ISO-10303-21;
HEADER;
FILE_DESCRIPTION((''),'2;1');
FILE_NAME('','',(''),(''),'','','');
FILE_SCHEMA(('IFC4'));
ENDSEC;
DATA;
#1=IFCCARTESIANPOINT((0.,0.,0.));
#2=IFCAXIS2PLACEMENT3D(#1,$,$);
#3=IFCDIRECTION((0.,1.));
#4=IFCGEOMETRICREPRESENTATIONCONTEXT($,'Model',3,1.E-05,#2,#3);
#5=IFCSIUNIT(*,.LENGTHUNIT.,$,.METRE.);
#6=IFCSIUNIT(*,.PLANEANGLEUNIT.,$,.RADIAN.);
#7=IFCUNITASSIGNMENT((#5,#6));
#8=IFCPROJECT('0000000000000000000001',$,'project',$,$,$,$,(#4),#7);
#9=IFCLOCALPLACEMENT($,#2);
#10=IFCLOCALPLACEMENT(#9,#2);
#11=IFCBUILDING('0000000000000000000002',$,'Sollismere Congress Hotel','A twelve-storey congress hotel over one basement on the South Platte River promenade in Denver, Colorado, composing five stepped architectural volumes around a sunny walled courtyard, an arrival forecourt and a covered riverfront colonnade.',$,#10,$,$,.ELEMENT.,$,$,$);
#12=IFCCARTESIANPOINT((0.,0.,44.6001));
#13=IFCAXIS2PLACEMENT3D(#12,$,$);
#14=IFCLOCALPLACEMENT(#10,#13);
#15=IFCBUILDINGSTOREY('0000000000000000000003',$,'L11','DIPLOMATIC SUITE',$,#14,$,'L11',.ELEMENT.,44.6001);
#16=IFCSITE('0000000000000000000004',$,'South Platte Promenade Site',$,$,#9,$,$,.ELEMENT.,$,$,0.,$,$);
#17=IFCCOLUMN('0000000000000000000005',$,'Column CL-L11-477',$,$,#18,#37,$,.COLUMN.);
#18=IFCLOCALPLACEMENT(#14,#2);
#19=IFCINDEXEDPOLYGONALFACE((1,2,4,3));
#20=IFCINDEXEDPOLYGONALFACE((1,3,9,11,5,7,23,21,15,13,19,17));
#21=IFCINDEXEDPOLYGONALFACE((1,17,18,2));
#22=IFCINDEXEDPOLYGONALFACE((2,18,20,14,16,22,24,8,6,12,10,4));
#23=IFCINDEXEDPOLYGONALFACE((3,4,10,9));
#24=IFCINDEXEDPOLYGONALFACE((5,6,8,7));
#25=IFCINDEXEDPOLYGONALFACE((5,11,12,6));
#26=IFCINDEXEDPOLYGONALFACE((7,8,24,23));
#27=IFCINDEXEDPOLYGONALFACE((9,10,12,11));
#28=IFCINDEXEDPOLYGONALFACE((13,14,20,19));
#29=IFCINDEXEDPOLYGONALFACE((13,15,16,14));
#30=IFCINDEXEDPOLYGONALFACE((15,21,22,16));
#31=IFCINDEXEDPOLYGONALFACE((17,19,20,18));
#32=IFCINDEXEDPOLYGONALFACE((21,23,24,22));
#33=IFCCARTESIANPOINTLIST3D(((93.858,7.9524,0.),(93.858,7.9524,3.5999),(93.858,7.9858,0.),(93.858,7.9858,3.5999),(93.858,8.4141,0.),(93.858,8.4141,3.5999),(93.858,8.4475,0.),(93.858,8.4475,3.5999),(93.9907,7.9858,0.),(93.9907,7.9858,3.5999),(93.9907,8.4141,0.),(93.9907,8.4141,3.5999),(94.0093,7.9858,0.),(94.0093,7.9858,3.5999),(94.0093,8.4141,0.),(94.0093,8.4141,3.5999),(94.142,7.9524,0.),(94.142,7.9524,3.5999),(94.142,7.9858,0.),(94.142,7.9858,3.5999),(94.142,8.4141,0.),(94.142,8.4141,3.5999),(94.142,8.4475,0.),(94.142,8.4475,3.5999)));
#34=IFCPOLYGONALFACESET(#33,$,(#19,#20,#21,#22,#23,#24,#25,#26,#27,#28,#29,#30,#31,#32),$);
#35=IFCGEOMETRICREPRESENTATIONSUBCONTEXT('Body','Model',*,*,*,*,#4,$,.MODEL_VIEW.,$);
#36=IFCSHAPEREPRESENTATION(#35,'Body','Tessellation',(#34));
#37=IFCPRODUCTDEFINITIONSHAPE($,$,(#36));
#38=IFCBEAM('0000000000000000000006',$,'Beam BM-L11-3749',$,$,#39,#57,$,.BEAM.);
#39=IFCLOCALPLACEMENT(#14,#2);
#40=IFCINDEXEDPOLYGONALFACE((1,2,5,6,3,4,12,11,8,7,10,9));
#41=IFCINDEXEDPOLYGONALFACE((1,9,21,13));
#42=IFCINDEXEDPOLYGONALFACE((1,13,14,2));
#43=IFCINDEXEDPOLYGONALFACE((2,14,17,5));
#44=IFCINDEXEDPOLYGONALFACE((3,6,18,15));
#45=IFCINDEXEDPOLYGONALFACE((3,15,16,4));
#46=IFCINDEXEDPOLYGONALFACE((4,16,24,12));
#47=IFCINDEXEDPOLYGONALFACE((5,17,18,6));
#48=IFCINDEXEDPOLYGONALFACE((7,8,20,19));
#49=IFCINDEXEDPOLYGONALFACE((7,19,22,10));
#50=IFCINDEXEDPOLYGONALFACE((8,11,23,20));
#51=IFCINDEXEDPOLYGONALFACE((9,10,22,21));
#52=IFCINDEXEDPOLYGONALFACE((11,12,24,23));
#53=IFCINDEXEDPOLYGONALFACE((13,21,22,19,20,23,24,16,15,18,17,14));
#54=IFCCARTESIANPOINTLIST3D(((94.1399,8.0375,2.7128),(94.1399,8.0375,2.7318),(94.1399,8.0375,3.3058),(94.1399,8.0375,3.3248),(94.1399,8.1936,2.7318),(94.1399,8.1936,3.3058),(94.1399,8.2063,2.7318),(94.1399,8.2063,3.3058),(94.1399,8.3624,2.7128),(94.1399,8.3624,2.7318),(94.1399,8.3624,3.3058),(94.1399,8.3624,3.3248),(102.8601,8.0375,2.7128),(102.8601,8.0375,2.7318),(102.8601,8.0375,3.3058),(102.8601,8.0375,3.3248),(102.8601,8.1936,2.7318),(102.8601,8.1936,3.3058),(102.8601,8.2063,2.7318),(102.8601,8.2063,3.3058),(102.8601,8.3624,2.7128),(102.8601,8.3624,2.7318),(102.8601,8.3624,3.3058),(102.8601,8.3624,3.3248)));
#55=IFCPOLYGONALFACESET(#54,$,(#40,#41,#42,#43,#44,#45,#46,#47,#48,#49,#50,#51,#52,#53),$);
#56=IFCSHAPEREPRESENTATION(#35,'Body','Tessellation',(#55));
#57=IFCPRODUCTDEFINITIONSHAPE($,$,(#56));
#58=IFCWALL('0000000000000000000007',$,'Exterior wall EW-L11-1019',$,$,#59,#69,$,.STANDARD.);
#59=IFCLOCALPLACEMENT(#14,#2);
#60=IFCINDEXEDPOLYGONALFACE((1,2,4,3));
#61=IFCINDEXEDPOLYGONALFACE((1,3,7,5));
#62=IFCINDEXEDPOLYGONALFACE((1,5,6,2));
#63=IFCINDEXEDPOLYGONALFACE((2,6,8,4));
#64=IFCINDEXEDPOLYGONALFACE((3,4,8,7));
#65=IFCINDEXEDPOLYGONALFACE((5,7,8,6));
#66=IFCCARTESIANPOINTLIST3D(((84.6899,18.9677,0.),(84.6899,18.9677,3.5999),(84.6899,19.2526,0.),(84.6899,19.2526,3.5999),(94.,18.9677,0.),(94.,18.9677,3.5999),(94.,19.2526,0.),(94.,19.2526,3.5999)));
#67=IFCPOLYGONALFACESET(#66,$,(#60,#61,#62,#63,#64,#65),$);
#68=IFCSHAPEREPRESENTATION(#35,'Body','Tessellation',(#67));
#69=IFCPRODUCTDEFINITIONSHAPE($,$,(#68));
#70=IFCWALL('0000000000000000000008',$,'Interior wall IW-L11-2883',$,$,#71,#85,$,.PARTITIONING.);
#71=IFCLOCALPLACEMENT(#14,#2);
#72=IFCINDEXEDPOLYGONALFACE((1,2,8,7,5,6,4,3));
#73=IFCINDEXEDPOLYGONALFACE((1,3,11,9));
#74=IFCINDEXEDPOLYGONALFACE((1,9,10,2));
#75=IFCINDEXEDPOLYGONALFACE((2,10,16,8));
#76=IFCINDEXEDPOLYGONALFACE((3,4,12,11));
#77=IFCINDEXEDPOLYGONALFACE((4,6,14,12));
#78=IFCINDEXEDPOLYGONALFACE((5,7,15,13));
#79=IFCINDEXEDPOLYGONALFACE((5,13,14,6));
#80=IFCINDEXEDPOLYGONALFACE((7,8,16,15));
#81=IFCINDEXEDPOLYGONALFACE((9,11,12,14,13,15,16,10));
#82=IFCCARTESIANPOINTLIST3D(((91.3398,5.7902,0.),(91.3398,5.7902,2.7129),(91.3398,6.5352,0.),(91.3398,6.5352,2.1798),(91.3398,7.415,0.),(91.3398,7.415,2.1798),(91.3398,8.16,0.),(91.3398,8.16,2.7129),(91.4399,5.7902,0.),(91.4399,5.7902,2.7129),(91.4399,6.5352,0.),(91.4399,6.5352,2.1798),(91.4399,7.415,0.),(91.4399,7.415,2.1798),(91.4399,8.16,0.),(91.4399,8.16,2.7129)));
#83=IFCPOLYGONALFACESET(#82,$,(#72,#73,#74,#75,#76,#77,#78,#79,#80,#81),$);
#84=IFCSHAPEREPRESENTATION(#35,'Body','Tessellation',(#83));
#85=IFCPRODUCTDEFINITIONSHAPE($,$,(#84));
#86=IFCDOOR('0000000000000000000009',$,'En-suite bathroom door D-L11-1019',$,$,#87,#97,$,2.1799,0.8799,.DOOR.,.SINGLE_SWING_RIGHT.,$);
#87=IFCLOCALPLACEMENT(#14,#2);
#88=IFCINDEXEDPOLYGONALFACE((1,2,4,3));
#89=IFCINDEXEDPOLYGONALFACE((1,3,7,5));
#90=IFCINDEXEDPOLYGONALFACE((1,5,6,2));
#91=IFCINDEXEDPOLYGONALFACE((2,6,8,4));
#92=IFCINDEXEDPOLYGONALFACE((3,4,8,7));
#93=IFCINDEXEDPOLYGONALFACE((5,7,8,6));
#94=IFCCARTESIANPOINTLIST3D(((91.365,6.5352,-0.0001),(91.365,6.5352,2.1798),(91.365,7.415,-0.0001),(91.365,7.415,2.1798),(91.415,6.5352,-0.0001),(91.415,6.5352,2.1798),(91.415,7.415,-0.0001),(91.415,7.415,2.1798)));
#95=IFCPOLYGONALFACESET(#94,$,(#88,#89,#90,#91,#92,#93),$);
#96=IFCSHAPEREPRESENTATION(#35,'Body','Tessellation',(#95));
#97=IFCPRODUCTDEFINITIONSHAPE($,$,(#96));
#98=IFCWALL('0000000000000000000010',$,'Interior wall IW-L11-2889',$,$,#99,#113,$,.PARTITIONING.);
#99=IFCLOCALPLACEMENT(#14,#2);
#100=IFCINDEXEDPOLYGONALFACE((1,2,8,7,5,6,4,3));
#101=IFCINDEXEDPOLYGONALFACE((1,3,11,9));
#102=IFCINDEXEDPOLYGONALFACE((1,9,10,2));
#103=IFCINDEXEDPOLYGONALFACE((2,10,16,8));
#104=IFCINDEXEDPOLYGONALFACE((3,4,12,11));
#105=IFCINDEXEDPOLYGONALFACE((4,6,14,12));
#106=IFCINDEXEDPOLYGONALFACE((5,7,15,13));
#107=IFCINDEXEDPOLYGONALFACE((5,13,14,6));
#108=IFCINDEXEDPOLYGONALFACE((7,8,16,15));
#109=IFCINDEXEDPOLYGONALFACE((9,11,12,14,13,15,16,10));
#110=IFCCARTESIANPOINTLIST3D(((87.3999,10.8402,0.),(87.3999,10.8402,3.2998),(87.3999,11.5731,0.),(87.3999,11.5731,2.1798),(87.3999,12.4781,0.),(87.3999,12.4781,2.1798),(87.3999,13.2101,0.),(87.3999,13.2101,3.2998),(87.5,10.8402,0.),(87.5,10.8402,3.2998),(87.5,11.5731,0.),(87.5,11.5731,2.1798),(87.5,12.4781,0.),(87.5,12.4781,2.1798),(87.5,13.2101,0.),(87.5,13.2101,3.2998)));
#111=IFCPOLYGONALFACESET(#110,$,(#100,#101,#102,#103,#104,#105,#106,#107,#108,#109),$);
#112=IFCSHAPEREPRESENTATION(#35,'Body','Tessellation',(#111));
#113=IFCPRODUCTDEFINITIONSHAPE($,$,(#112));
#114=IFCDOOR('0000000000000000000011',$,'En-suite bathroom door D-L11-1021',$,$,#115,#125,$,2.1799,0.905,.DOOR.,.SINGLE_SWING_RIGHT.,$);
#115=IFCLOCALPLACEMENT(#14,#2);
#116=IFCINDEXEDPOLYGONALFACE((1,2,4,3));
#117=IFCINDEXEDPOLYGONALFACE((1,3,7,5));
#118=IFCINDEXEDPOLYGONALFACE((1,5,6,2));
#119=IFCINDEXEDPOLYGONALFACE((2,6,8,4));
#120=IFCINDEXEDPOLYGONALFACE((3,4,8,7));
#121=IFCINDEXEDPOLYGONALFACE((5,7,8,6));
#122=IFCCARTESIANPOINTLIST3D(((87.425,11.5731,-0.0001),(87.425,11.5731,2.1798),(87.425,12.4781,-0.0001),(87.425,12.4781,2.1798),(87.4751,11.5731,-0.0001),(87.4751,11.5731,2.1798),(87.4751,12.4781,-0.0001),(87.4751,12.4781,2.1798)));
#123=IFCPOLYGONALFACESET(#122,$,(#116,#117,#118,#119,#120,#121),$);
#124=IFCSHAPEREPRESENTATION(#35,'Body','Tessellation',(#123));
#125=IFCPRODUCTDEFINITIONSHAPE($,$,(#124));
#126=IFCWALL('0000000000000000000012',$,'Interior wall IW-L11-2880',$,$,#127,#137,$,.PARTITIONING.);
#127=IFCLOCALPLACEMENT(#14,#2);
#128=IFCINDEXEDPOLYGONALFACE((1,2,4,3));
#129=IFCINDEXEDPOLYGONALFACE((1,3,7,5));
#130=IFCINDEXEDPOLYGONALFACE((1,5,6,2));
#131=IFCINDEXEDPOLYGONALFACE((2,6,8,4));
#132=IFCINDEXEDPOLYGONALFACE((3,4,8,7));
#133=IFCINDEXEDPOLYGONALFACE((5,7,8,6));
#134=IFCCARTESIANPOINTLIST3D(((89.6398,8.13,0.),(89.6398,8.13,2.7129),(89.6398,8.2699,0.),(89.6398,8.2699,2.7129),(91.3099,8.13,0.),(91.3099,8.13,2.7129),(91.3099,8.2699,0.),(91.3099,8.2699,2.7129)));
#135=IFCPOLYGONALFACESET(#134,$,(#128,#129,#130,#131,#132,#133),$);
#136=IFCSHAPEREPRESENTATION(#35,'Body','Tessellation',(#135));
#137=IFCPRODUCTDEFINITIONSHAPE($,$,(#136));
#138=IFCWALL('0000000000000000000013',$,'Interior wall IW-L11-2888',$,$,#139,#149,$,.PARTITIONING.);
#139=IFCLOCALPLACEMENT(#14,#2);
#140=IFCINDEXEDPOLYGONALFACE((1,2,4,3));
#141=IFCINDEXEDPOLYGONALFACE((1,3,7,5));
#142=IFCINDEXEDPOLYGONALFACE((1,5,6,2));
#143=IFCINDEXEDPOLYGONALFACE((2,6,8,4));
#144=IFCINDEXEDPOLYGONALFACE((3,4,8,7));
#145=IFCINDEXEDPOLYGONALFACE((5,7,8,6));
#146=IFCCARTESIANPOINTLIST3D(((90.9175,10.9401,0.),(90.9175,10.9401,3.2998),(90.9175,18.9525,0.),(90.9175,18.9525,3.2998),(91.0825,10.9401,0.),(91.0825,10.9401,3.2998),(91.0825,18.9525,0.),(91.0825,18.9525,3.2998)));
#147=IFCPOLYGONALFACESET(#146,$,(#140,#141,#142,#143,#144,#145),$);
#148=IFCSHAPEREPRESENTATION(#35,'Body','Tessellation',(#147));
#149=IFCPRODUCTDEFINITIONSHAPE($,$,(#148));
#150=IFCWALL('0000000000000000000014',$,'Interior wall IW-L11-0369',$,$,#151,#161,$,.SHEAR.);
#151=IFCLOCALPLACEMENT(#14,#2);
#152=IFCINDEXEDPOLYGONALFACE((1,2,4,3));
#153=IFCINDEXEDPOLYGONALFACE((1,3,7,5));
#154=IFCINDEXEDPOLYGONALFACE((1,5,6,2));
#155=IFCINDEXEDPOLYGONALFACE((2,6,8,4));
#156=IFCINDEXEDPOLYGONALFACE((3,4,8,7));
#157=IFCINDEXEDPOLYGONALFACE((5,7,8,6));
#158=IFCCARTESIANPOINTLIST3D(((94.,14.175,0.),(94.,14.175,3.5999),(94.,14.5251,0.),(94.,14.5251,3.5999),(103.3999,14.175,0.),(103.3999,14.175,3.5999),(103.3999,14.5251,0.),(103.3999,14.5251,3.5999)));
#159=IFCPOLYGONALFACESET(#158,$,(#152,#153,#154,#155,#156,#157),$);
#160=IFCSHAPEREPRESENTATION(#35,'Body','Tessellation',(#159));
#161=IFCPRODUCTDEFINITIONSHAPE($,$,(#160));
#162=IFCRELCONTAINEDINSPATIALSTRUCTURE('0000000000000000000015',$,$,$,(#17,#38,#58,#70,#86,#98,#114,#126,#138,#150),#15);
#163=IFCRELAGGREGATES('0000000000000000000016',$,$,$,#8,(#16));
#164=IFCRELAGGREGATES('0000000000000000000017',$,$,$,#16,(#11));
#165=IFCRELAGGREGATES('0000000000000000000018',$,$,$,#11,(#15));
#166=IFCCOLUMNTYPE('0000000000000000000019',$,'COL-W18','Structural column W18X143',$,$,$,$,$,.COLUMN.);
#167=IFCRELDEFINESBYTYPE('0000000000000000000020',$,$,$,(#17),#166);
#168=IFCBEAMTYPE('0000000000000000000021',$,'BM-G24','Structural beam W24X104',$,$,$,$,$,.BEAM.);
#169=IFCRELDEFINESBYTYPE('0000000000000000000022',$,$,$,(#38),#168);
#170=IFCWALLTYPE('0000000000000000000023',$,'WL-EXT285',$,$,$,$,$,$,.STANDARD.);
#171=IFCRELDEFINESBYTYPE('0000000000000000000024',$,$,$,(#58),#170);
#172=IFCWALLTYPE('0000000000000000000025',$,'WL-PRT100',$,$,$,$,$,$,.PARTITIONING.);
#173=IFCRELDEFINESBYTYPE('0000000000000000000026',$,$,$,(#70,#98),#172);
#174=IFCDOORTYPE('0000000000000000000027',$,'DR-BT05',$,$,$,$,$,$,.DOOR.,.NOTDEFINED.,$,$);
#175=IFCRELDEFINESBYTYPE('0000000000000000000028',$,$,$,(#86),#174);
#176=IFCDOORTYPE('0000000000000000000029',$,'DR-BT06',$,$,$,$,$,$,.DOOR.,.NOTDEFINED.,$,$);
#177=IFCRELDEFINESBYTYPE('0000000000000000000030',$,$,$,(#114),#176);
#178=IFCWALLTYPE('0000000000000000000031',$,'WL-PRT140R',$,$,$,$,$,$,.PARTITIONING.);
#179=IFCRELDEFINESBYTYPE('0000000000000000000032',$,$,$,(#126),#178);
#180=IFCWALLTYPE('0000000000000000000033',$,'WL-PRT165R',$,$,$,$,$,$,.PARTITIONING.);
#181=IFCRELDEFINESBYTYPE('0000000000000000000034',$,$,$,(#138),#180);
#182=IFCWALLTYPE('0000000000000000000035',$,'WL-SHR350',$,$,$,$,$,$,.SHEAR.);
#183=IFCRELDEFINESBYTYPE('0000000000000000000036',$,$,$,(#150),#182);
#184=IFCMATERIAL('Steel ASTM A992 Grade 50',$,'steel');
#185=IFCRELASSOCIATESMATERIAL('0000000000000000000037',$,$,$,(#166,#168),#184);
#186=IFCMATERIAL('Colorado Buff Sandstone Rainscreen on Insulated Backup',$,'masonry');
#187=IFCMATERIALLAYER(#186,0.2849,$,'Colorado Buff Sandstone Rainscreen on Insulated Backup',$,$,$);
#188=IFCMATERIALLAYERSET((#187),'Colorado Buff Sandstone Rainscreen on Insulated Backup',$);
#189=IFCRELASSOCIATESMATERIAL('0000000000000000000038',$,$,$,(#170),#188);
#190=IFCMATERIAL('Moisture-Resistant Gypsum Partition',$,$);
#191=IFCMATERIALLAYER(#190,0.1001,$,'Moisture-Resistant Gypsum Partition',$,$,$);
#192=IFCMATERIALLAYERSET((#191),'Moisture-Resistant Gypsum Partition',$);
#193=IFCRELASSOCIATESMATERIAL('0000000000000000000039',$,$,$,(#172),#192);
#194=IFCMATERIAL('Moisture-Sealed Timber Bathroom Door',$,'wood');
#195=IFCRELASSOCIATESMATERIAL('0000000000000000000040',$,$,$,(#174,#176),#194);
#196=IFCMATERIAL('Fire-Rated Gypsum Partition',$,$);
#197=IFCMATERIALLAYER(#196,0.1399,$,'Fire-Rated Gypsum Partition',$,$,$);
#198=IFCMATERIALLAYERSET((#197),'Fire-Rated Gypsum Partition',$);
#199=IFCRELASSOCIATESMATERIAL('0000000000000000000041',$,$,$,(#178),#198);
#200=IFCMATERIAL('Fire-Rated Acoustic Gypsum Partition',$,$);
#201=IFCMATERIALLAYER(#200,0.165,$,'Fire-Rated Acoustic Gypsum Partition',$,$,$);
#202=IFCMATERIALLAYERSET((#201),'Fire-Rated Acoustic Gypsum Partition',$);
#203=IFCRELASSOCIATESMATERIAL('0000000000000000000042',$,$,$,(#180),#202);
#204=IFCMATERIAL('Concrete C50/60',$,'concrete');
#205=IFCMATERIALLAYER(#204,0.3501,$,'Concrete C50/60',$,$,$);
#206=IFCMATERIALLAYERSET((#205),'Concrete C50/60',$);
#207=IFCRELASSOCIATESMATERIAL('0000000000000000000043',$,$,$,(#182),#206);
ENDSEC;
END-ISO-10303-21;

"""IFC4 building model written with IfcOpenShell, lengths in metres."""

from ifc_helpers import new_model, si_unit, direction, frame, frame_2d, origin, origin_2d, place, context, subcontext, project, spatial, rectangle, i_section, extrude, material, layer, layer_set, material_profile, profile_set, type_object, element, fill, save


model = new_model("IFC4")

# Units and contexts
model_context = context("Model", 3, precision=1e-05, world=origin(), true_north=direction((0.0, 1.0)))
body_context = subcontext(model_context, "Body", "Model", "MODEL_VIEW")
ifc_project = project(units=[si_unit("LENGTHUNIT", "METRE"), si_unit("PLANEANGLEUNIT", "RADIAN")], contexts=[model_context])

# Site, building, storey
site_placement = place(None, origin())
site = spatial("IfcSite", under=ifc_project, at=site_placement, Name="South Platte Promenade Site", CompositionType="ELEMENT", RefElevation=0.0)
building_placement = place(site_placement, origin())
building = spatial("IfcBuilding", under=site, at=building_placement, Name="Sollismere Congress Hotel", Description="A twelve-storey congress hotel over one basement on the South Platte River promenade in Denver, Colorado, composing five stepped architectural volumes around a sunny walled courtyard, an arrival forecourt and a covered riverfront colonnade.", CompositionType="ELEMENT")
storey_placement = place(building_placement, frame((0.0, 0.0, 44.6001)))
storey = spatial("IfcBuildingStorey", under=building, at=storey_placement, Name="L11", Description="DIPLOMATIC SUITE", LongName="L11", CompositionType="ELEMENT", Elevation=44.6001)

# Column
ifc_material_1 = material(Name="Steel ASTM A992 Grade 50", Category="steel")
ifc_material_profile_1 = material_profile(ifc_material_1, i_section(OverallWidth=0.2839, OverallDepth=0.4951, WebThickness=0.0186, FlangeThickness=0.0334, at=origin_2d()), Name="W18X143")
ifc_profile_set_1 = profile_set([ifc_material_profile_1], Name="Steel ASTM A992 Grade 50")
column_type = type_object("IfcColumnType", Name="COL-W18", Description="Structural column W18X143", PredefinedType="COLUMN", material=ifc_profile_set_1)
column_placement = place(storey_placement, frame((94.0, 8.2, 0.0), z_axis=(0.0, 0.0, 1.0), x_axis=(1.0, 0.0, 0.0)))
element("IfcColumn", 1, at=column_placement, inside=storey, type_object=column_type, Name="Column CL-L11-477", PredefinedType="COLUMN", context=body_context, shape_type="SweptSolid", body=[
    extrude(i_section(OverallWidth=0.2839, OverallDepth=0.4951, WebThickness=0.0186, FlangeThickness=0.0334, at=origin_2d()), origin(), (0.0, 0.0, 1.0), 3.5999),
])

# Beam
ifc_material_profile_2 = material_profile(ifc_material_1, i_section(OverallWidth=0.325, OverallDepth=0.6121, WebThickness=0.0127, FlangeThickness=0.019, at=origin_2d()), Name="W24X104")
ifc_profile_set_2 = profile_set([ifc_material_profile_2], Name="Steel ASTM A992 Grade 50")
beam_type = type_object("IfcBeamType", Name="BM-G24", Description="Structural beam W24X104", PredefinedType="BEAM", material=ifc_profile_set_2)
beam_placement = place(storey_placement, frame((94.1399, 8.2, 3.0188), z_axis=(1.0, 0.0, 0.0), x_axis=(0.0, 1.0, 0.0)))
element("IfcBeam", 2, at=beam_placement, inside=storey, type_object=beam_type, Name="Beam BM-L11-3749", PredefinedType="BEAM", context=body_context, shape_type="SweptSolid", body=[
    extrude(i_section(OverallWidth=0.325, OverallDepth=0.6121, WebThickness=0.0127, FlangeThickness=0.019, at=origin_2d()), origin(), (0.0, 0.0, 1.0), 8.7202),
])

# Wall
ifc_material_2 = material(Name="Colorado Buff Sandstone Rainscreen on Insulated Backup", Category="masonry")
ifc_layer_1 = layer(ifc_material_2, 0.2849, Name="Colorado Buff Sandstone Rainscreen on Insulated Backup")
ifc_layer_set_1 = layer_set([ifc_layer_1], Name="Colorado Buff Sandstone Rainscreen on Insulated Backup")
wall_type_1 = type_object("IfcWallType", Name="WL-EXT285", PredefinedType="STANDARD", material=ifc_layer_set_1)
wall_1_placement = place(storey_placement, frame((94.0, 19.1101, 0.0), z_axis=(0.0, 0.0, 1.0), x_axis=(-1.0, 0.0, 0.0)))
element("IfcWall", 3, at=wall_1_placement, inside=storey, type_object=wall_type_1, Name="Exterior wall EW-L11-1019", PredefinedType="STANDARD", context=body_context, shape_type="SweptSolid", body=[
    extrude(rectangle(XDim=9.3101, YDim=0.2849, at=frame_2d((4.655, 0.0))), origin(), (0.0, 0.0, 1.0), 3.5999),
])

# Walls, openings, doors
ifc_material_3 = material(Name="Moisture-Resistant Gypsum Partition")
ifc_layer_2 = layer(ifc_material_3, 0.1001, Name="Moisture-Resistant Gypsum Partition")
ifc_layer_set_2 = layer_set([ifc_layer_2], Name="Moisture-Resistant Gypsum Partition")
wall_type_2 = type_object("IfcWallType", Name="WL-PRT100", PredefinedType="PARTITIONING", material=ifc_layer_set_2)
wall_2_placement = place(storey_placement, frame((91.3899, 5.79, 0.0), z_axis=(0.0, 0.0, 1.0), x_axis=(0.0, 1.0, 0.0)))
wall_2 = element("IfcWall", 4, at=wall_2_placement, inside=storey, type_object=wall_type_2, Name="Interior wall IW-L11-2883", PredefinedType="PARTITIONING", context=body_context, shape_type="SweptSolid", body=[
    extrude(rectangle(XDim=2.3699, YDim=0.1001, at=frame_2d((1.1851, 0.0))), origin(), (0.0, 0.0, 1.0), 2.7129),
])
opening_1_placement = place(wall_2_placement, frame((0.7451, 0.0, 0.0)))
opening_1 = element("IfcOpeningElement", 5, at=opening_1_placement, cuts=wall_2, PredefinedType="OPENING", context=body_context, shape_type="SweptSolid", body=[
    extrude(rectangle(XDim=0.8799, YDim=2.1799, at=frame_2d((0.4399, 1.0898))), frame((0.0, 0.0601, 0.0), z_axis=(0.0, -1.0, 0.0), x_axis=(1.0, 0.0, 0.0)), (0.0, 0.0, 1.0), 0.1201),
])
ifc_material_4 = material(Name="Moisture-Sealed Timber Bathroom Door", Category="wood")
door_type_1 = type_object("IfcDoorType", Name="DR-BT05", OperationType="NOTDEFINED", PredefinedType="DOOR", material=ifc_material_4)
door_1_placement = place(opening_1_placement, origin())
door_1 = element("IfcDoor", 6, at=door_1_placement, inside=storey, type_object=door_type_1, Name="En-suite bathroom door D-L11-1019", OperationType="SINGLE_SWING_RIGHT", OverallHeight=2.1799, OverallWidth=0.8799, PredefinedType="DOOR", context=body_context, shape_type="SweptSolid", body=[
    extrude(rectangle(XDim=0.8799, YDim=2.1799, at=frame_2d((0.4399, 1.0898))), frame((0.0, 0.0249, 0.0), z_axis=(0.0, -1.0, 0.0), x_axis=(1.0, 0.0, 0.0)), (0.0, 0.0, 1.0), 0.05),
])
fill(opening_1, door_1)
wall_3_placement = place(storey_placement, frame((87.45, 10.8401, 0.0), z_axis=(0.0, 0.0, 1.0), x_axis=(0.0, 1.0, 0.0)))
wall_3 = element("IfcWall", 7, at=wall_3_placement, inside=storey, type_object=wall_type_2, Name="Interior wall IW-L11-2889", PredefinedType="PARTITIONING", context=body_context, shape_type="SweptSolid", body=[
    extrude(rectangle(XDim=2.3699, YDim=0.1001, at=frame_2d((1.1851, 0.0))), origin(), (0.0, 0.0, 1.0), 3.2998),
])
opening_2_placement = place(wall_3_placement, frame((0.7329, 0.0, 0.0)))
opening_2 = element("IfcOpeningElement", 8, at=opening_2_placement, cuts=wall_3, PredefinedType="OPENING", context=body_context, shape_type="SweptSolid", body=[
    extrude(rectangle(XDim=0.905, YDim=2.1799, at=frame_2d((0.4526, 1.0898))), frame((0.0, 0.0601, 0.0), z_axis=(0.0, -1.0, 0.0), x_axis=(1.0, 0.0, 0.0)), (0.0, 0.0, 1.0), 0.1201),
])
door_type_2 = type_object("IfcDoorType", Name="DR-BT06", OperationType="NOTDEFINED", PredefinedType="DOOR", material=ifc_material_4)
door_2_placement = place(opening_2_placement, origin())
door_2 = element("IfcDoor", 9, at=door_2_placement, inside=storey, type_object=door_type_2, Name="En-suite bathroom door D-L11-1021", OperationType="SINGLE_SWING_RIGHT", OverallHeight=2.1799, OverallWidth=0.905, PredefinedType="DOOR", context=body_context, shape_type="SweptSolid", body=[
    extrude(rectangle(XDim=0.905, YDim=2.1799, at=frame_2d((0.4526, 1.0898))), frame((0.0, 0.0249, 0.0), z_axis=(0.0, -1.0, 0.0), x_axis=(1.0, 0.0, 0.0)), (0.0, 0.0, 1.0), 0.05),
])
fill(opening_2, door_2)
ifc_material_5 = material(Name="Fire-Rated Gypsum Partition")
ifc_layer_3 = layer(ifc_material_5, 0.1399, Name="Fire-Rated Gypsum Partition")
ifc_layer_set_3 = layer_set([ifc_layer_3], Name="Fire-Rated Gypsum Partition")
wall_type_3 = type_object("IfcWallType", Name="WL-PRT140R", PredefinedType="PARTITIONING", material=ifc_layer_set_3)

# Wall
wall_4_placement = place(storey_placement, frame((89.6399, 8.2, 0.0), z_axis=(0.0, 0.0, 1.0), x_axis=(1.0, 0.0, 0.0)))
element("IfcWall", 10, at=wall_4_placement, inside=storey, type_object=wall_type_3, Name="Interior wall IW-L11-2880", PredefinedType="PARTITIONING", context=body_context, shape_type="SweptSolid", body=[
    extrude(rectangle(XDim=1.6702, YDim=0.1399, at=frame_2d((0.835, 0.0))), origin(), (0.0, 0.0, 1.0), 2.7129),
])

# Walls
ifc_material_6 = material(Name="Fire-Rated Acoustic Gypsum Partition")
ifc_layer_4 = layer(ifc_material_6, 0.165, Name="Fire-Rated Acoustic Gypsum Partition")
ifc_layer_set_4 = layer_set([ifc_layer_4], Name="Fire-Rated Acoustic Gypsum Partition")
wall_type_4 = type_object("IfcWallType", Name="WL-PRT165R", PredefinedType="PARTITIONING", material=ifc_layer_set_4)
wall_5_placement = place(storey_placement, frame((91.0, 10.9399, 0.0), z_axis=(0.0, 0.0, 1.0), x_axis=(0.0, 1.0, 0.0)))
element("IfcWall", 11, at=wall_5_placement, inside=storey, type_object=wall_type_4, Name="Interior wall IW-L11-2888", PredefinedType="PARTITIONING", context=body_context, shape_type="SweptSolid", body=[
    extrude(rectangle(XDim=8.0125, YDim=0.165, at=frame_2d((4.0063, 0.0))), origin(), (0.0, 0.0, 1.0), 3.2998),
])
ifc_material_7 = material(Name="Concrete C50/60", Category="concrete")
ifc_layer_5 = layer(ifc_material_7, 0.3501, Name="Concrete C50/60")
ifc_layer_set_5 = layer_set([ifc_layer_5], Name="Concrete C50/60")
wall_type_5 = type_object("IfcWallType", Name="WL-SHR350", PredefinedType="SHEAR", material=ifc_layer_set_5)
wall_6_placement = place(storey_placement, frame((94.0, 14.3501, 0.0), z_axis=(0.0, 0.0, 1.0), x_axis=(1.0, 0.0, 0.0)))
element("IfcWall", 12, at=wall_6_placement, inside=storey, type_object=wall_type_5, Name="Interior wall IW-L11-0369", PredefinedType="SHEAR", context=body_context, shape_type="SweptSolid", body=[
    extrude(rectangle(XDim=9.3999, YDim=0.3501, at=frame_2d((4.7, 0.0))), origin(), (0.0, 0.0, 1.0), 3.5999),
])

save(model, "model.ifc")
